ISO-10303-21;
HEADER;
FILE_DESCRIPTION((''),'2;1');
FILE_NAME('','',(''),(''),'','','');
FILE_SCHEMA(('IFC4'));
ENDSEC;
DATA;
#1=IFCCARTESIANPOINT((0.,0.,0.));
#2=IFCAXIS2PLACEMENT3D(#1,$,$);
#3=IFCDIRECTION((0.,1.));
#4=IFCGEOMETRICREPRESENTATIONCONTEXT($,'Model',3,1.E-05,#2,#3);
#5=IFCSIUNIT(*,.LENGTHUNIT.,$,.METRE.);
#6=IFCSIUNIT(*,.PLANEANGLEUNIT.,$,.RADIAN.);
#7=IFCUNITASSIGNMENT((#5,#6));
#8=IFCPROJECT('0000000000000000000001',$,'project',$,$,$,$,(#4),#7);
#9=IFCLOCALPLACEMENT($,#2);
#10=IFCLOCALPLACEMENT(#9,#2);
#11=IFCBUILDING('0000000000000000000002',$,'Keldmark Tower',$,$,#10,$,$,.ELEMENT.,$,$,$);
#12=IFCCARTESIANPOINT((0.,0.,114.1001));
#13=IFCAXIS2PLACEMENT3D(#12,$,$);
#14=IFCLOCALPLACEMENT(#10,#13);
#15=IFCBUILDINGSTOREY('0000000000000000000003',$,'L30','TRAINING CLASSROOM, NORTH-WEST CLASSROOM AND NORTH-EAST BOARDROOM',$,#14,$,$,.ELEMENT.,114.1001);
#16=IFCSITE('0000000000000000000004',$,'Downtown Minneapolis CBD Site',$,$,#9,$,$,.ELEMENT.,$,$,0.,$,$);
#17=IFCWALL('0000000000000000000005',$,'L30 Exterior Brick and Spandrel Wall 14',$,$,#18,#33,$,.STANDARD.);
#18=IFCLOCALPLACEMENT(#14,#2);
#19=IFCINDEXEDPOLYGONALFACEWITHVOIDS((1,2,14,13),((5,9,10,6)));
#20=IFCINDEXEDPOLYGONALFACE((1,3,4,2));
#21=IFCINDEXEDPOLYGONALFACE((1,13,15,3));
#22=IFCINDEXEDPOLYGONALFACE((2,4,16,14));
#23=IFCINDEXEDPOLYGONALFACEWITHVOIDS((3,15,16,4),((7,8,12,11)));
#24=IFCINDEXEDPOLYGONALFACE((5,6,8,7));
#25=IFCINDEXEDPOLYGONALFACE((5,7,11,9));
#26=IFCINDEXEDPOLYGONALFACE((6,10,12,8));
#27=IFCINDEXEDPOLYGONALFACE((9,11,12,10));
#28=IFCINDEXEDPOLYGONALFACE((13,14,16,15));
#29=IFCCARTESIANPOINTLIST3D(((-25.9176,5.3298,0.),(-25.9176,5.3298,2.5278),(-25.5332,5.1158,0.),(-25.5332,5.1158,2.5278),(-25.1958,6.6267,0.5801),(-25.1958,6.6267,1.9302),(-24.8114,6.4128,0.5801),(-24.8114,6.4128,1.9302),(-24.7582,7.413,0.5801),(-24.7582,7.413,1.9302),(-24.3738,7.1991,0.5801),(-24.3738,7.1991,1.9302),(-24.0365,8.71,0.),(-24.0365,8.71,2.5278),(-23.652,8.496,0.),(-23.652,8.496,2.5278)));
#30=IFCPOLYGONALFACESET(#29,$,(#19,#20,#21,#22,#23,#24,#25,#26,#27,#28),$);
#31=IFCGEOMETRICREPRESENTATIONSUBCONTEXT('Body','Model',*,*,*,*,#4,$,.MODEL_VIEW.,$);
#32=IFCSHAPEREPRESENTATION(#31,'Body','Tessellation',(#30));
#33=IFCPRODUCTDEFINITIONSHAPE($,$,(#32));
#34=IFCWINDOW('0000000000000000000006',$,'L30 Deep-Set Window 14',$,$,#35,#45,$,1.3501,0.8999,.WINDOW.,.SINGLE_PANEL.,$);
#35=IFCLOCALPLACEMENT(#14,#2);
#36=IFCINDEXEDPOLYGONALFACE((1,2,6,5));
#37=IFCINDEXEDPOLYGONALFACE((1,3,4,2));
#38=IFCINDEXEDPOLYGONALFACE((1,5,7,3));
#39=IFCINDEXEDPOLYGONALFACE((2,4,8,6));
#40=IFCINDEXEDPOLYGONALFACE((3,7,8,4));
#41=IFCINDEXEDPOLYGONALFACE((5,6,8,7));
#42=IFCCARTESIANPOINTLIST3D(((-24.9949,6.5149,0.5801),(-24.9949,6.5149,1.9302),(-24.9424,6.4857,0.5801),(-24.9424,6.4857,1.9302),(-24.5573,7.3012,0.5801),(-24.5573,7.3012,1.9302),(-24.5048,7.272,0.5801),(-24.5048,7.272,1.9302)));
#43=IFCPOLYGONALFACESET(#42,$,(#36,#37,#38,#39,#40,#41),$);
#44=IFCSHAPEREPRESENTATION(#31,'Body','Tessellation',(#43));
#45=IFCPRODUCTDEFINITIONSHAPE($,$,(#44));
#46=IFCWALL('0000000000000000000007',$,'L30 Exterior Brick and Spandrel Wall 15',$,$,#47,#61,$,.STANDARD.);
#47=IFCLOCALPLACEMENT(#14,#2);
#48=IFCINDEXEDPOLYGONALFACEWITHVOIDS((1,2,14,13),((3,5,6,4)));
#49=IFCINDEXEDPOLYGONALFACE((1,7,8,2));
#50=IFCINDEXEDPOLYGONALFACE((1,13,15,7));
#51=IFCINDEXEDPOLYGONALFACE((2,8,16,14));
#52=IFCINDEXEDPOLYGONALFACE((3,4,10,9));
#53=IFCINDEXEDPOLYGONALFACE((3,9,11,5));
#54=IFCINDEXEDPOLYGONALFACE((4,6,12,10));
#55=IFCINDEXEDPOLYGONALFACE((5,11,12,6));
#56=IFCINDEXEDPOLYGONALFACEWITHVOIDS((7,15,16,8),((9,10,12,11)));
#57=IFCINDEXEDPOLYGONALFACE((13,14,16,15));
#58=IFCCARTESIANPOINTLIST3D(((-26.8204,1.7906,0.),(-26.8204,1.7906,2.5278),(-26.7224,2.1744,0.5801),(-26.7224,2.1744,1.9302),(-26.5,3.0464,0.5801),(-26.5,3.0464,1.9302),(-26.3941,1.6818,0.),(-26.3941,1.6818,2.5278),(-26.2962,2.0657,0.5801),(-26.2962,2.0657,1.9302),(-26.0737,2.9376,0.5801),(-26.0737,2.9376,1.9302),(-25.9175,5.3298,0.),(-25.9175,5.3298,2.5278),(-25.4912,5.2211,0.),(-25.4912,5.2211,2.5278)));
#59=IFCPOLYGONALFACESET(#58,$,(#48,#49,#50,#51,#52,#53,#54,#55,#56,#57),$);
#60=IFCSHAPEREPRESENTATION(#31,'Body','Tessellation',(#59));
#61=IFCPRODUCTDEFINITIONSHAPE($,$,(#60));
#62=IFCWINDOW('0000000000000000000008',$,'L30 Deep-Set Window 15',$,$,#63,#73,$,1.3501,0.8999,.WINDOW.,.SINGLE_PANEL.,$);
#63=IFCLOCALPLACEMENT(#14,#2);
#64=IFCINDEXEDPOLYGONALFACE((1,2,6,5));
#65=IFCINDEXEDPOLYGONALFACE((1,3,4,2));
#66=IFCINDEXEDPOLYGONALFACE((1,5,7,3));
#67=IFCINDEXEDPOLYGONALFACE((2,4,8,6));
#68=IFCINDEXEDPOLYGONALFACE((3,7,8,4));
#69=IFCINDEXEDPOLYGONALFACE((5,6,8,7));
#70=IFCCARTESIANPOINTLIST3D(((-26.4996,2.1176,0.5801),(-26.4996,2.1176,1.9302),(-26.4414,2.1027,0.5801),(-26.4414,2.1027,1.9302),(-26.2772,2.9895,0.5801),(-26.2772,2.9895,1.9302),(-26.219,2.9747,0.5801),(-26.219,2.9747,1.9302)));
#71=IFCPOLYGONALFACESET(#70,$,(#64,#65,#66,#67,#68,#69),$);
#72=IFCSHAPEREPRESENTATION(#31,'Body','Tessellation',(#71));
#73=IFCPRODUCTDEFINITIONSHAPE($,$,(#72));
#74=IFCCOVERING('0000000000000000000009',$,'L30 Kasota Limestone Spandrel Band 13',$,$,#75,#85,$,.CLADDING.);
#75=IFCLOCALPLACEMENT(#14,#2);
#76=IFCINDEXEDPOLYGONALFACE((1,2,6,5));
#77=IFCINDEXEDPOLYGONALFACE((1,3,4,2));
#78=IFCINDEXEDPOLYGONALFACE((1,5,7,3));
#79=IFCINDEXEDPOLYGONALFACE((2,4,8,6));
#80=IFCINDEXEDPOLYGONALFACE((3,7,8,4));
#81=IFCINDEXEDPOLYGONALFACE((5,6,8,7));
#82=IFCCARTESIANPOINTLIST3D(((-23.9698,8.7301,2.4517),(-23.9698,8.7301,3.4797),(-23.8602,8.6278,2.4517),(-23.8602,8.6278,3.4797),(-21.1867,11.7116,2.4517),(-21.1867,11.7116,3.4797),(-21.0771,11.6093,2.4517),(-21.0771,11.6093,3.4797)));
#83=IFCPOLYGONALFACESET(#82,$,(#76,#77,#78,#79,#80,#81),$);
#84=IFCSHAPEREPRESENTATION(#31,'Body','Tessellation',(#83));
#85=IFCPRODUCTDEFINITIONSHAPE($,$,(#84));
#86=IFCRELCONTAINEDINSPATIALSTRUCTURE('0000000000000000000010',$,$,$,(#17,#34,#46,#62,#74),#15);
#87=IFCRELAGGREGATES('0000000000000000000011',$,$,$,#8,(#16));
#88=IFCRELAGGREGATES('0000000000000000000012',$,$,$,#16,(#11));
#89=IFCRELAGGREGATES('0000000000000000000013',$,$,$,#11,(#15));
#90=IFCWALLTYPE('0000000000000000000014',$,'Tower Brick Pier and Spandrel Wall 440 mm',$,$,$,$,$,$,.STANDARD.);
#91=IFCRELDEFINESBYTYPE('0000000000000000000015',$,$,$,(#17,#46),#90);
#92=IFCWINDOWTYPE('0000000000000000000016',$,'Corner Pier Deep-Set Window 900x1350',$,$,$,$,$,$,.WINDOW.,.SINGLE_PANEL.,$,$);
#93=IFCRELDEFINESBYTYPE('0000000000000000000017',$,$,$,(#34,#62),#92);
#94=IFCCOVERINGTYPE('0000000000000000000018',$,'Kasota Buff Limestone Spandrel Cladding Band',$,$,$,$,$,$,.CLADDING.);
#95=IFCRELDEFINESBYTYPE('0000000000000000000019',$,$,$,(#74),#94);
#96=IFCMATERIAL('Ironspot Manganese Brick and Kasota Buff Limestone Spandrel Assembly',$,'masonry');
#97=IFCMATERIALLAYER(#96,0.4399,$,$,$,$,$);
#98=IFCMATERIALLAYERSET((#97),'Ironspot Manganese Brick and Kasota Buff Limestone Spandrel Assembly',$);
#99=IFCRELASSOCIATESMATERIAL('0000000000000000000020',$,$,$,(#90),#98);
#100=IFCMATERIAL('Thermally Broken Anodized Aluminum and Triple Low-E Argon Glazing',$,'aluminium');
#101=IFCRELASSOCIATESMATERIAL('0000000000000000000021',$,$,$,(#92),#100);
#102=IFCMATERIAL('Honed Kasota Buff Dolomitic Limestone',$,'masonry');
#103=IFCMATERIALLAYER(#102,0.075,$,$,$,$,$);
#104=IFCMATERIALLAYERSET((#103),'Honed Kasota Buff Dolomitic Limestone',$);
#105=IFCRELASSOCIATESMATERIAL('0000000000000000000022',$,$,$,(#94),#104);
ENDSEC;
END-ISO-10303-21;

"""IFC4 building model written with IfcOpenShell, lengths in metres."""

from ifc_helpers import new_model, si_unit, direction, frame, frame_2d, origin, origin_2d, place, context, subcontext, project, spatial, rectangle, extrude, material, layer, layer_set, type_object, element, fill, save


model = new_model("IFC4")

# Units and contexts
model_context = context("Model", 3, precision=1e-05, world=origin(), true_north=direction((0.0, 1.0)))
body_context = subcontext(model_context, "Body", "Model", "MODEL_VIEW")
ifc_project = project(units=[si_unit("LENGTHUNIT", "METRE"), si_unit("PLANEANGLEUNIT", "RADIAN")], contexts=[model_context])

# Site, building, storey
site_placement = place(None, origin())
site = spatial("IfcSite", under=ifc_project, at=site_placement, Name="Downtown Minneapolis CBD Site", CompositionType="ELEMENT", RefElevation=0.0)
building_placement = place(site_placement, origin())
building = spatial("IfcBuilding", under=site, at=building_placement, Name="Keldmark Tower", CompositionType="ELEMENT")
storey_placement = place(building_placement, frame((0.0, 0.0, 114.1001)))
storey = spatial("IfcBuildingStorey", under=building, at=storey_placement, Name="L30", Description="TRAINING CLASSROOM, NORTH-WEST CLASSROOM AND NORTH-EAST BOARDROOM", CompositionType="ELEMENT", Elevation=114.1001)

# Walls, openings, windows
ifc_material_1 = material(Name="Ironspot Manganese Brick and Kasota Buff Limestone Spandrel Assembly", Category="masonry")
ifc_layer_1 = layer(ifc_material_1, 0.4399)
ifc_layer_set_1 = layer_set([ifc_layer_1], Name="Ironspot Manganese Brick and Kasota Buff Limestone Spandrel Assembly")
wall_type_1 = type_object("IfcWallType", Name="Tower Brick Pier and Spandrel Wall 440 mm", PredefinedType="STANDARD", material=ifc_layer_set_1)
wall_1_placement = place(storey_placement, frame((-25.7253, 5.2229, 0.0), z_axis=(0.0, 0.0, 1.0), x_axis=(0.486286, 0.8738, 0.0)))
wall_1 = element("IfcWall", 1, at=wall_1_placement, inside=storey, type_object=wall_type_1, Name="L30 Exterior Brick and Spandrel Wall 14", PredefinedType="STANDARD", context=body_context, shape_type="SweptSolid", body=[
    extrude(rectangle(XDim=3.8684, YDim=0.4399, at=frame_2d((1.9341, 0.0))), origin(), (0.0, 0.0, 1.0), 2.5278),
])
opening_1_placement = place(wall_1_placement, frame((1.4841, 0.0, 0.5801)))
opening_1 = element("IfcOpeningElement", 2, at=opening_1_placement, cuts=wall_1, PredefinedType="OPENING", context=body_context, shape_type="SweptSolid", body=[
    extrude(rectangle(XDim=0.8999, YDim=1.3501, at=frame_2d((0.45, 0.675))), frame((0.0, 0.23, 0.0), z_axis=(0.0, -1.0, 0.0), x_axis=(1.0, 0.0, 0.0)), (0.0, 0.0, 1.0), 0.46),
])
ifc_material_2 = material(Name="Thermally Broken Anodized Aluminum and Triple Low-E Argon Glazing", Category="aluminium")
window_type_1 = type_object("IfcWindowType", Name="Corner Pier Deep-Set Window 900x1350", PartitioningType="SINGLE_PANEL", PredefinedType="WINDOW", material=ifc_material_2)
window_1_placement = place(opening_1_placement, origin())
window_1 = element("IfcWindow", 3, at=window_1_placement, inside=storey, type_object=window_type_1, Name="L30 Deep-Set Window 14", OverallHeight=1.3501, OverallWidth=0.8999, PartitioningType="SINGLE_PANEL", PredefinedType="WINDOW", context=body_context, shape_type="SweptSolid", body=[
    extrude(rectangle(XDim=0.8999, YDim=1.3501, at=frame_2d((0.45, 0.675))), frame((0.0, -0.01, 0.0), z_axis=(0.0, -1.0, 0.0), x_axis=(1.0, 0.0, 0.0)), (0.0, 0.0, 1.0), 0.0601),
])
fill(opening_1, window_1)
wall_2_placement = place(storey_placement, frame((-26.6072, 1.7363, 0.0), z_axis=(0.0, 0.0, 1.0), x_axis=(0.247172, 0.968972, 0.0)))
wall_2 = element("IfcWall", 4, at=wall_2_placement, inside=storey, type_object=wall_type_1, Name="L30 Exterior Brick and Spandrel Wall 15", PredefinedType="STANDARD", context=body_context, shape_type="SweptSolid", body=[
    extrude(rectangle(XDim=3.6526, YDim=0.4399, at=frame_2d((1.8262, 0.0))), origin(), (0.0, 0.0, 1.0), 2.5278),
])
opening_2_placement = place(wall_2_placement, frame((0.396, 0.0, 0.5801)))
opening_2 = element("IfcOpeningElement", 5, at=opening_2_placement, cuts=wall_2, PredefinedType="OPENING", context=body_context, shape_type="SweptSolid", body=[
    extrude(rectangle(XDim=0.8999, YDim=1.3501, at=frame_2d((0.45, 0.675))), frame((0.0, 0.23, 0.0), z_axis=(0.0, -1.0, 0.0), x_axis=(1.0, 0.0, 0.0)), (0.0, 0.0, 1.0), 0.46),
])
window_2_placement = place(opening_2_placement, origin())
window_2 = element("IfcWindow", 6, at=window_2_placement, inside=storey, type_object=window_type_1, Name="L30 Deep-Set Window 15", OverallHeight=1.3501, OverallWidth=0.8999, PartitioningType="SINGLE_PANEL", PredefinedType="WINDOW", context=body_context, shape_type="SweptSolid", body=[
    extrude(rectangle(XDim=0.8999, YDim=1.3501, at=frame_2d((0.45, 0.675))), frame((0.0, -0.01, 0.0), z_axis=(0.0, -1.0, 0.0), x_axis=(1.0, 0.0, 0.0)), (0.0, 0.0, 1.0), 0.0601),
])
fill(opening_2, window_2)

# Covering
ifc_material_3 = material(Name="Honed Kasota Buff Dolomitic Limestone", Category="masonry")
ifc_layer_2 = layer(ifc_material_3, 0.075)
ifc_layer_set_2 = layer_set([ifc_layer_2], Name="Honed Kasota Buff Dolomitic Limestone")
covering_type = type_object("IfcCoveringType", Name="Kasota Buff Limestone Spandrel Cladding Band", PredefinedType="CLADDING", material=ifc_layer_set_2)
covering_placement = place(storey_placement, frame((-22.5234, 10.1697, 2.4517), z_axis=(0.0, 0.0, 1.0), x_axis=(-0.682368, -0.731008, 0.0)))
element("IfcCovering", 7, at=covering_placement, inside=storey, type_object=covering_type, Name="L30 Kasota Limestone Spandrel Band 13", PredefinedType="CLADDING", context=body_context, shape_type="SweptSolid", body=[
    extrude(rectangle(XDim=4.0786, YDim=0.1499, at=origin_2d()), origin(), (0.0, 0.0, 1.0), 1.0281),
])

save(model, "model.ifc")
